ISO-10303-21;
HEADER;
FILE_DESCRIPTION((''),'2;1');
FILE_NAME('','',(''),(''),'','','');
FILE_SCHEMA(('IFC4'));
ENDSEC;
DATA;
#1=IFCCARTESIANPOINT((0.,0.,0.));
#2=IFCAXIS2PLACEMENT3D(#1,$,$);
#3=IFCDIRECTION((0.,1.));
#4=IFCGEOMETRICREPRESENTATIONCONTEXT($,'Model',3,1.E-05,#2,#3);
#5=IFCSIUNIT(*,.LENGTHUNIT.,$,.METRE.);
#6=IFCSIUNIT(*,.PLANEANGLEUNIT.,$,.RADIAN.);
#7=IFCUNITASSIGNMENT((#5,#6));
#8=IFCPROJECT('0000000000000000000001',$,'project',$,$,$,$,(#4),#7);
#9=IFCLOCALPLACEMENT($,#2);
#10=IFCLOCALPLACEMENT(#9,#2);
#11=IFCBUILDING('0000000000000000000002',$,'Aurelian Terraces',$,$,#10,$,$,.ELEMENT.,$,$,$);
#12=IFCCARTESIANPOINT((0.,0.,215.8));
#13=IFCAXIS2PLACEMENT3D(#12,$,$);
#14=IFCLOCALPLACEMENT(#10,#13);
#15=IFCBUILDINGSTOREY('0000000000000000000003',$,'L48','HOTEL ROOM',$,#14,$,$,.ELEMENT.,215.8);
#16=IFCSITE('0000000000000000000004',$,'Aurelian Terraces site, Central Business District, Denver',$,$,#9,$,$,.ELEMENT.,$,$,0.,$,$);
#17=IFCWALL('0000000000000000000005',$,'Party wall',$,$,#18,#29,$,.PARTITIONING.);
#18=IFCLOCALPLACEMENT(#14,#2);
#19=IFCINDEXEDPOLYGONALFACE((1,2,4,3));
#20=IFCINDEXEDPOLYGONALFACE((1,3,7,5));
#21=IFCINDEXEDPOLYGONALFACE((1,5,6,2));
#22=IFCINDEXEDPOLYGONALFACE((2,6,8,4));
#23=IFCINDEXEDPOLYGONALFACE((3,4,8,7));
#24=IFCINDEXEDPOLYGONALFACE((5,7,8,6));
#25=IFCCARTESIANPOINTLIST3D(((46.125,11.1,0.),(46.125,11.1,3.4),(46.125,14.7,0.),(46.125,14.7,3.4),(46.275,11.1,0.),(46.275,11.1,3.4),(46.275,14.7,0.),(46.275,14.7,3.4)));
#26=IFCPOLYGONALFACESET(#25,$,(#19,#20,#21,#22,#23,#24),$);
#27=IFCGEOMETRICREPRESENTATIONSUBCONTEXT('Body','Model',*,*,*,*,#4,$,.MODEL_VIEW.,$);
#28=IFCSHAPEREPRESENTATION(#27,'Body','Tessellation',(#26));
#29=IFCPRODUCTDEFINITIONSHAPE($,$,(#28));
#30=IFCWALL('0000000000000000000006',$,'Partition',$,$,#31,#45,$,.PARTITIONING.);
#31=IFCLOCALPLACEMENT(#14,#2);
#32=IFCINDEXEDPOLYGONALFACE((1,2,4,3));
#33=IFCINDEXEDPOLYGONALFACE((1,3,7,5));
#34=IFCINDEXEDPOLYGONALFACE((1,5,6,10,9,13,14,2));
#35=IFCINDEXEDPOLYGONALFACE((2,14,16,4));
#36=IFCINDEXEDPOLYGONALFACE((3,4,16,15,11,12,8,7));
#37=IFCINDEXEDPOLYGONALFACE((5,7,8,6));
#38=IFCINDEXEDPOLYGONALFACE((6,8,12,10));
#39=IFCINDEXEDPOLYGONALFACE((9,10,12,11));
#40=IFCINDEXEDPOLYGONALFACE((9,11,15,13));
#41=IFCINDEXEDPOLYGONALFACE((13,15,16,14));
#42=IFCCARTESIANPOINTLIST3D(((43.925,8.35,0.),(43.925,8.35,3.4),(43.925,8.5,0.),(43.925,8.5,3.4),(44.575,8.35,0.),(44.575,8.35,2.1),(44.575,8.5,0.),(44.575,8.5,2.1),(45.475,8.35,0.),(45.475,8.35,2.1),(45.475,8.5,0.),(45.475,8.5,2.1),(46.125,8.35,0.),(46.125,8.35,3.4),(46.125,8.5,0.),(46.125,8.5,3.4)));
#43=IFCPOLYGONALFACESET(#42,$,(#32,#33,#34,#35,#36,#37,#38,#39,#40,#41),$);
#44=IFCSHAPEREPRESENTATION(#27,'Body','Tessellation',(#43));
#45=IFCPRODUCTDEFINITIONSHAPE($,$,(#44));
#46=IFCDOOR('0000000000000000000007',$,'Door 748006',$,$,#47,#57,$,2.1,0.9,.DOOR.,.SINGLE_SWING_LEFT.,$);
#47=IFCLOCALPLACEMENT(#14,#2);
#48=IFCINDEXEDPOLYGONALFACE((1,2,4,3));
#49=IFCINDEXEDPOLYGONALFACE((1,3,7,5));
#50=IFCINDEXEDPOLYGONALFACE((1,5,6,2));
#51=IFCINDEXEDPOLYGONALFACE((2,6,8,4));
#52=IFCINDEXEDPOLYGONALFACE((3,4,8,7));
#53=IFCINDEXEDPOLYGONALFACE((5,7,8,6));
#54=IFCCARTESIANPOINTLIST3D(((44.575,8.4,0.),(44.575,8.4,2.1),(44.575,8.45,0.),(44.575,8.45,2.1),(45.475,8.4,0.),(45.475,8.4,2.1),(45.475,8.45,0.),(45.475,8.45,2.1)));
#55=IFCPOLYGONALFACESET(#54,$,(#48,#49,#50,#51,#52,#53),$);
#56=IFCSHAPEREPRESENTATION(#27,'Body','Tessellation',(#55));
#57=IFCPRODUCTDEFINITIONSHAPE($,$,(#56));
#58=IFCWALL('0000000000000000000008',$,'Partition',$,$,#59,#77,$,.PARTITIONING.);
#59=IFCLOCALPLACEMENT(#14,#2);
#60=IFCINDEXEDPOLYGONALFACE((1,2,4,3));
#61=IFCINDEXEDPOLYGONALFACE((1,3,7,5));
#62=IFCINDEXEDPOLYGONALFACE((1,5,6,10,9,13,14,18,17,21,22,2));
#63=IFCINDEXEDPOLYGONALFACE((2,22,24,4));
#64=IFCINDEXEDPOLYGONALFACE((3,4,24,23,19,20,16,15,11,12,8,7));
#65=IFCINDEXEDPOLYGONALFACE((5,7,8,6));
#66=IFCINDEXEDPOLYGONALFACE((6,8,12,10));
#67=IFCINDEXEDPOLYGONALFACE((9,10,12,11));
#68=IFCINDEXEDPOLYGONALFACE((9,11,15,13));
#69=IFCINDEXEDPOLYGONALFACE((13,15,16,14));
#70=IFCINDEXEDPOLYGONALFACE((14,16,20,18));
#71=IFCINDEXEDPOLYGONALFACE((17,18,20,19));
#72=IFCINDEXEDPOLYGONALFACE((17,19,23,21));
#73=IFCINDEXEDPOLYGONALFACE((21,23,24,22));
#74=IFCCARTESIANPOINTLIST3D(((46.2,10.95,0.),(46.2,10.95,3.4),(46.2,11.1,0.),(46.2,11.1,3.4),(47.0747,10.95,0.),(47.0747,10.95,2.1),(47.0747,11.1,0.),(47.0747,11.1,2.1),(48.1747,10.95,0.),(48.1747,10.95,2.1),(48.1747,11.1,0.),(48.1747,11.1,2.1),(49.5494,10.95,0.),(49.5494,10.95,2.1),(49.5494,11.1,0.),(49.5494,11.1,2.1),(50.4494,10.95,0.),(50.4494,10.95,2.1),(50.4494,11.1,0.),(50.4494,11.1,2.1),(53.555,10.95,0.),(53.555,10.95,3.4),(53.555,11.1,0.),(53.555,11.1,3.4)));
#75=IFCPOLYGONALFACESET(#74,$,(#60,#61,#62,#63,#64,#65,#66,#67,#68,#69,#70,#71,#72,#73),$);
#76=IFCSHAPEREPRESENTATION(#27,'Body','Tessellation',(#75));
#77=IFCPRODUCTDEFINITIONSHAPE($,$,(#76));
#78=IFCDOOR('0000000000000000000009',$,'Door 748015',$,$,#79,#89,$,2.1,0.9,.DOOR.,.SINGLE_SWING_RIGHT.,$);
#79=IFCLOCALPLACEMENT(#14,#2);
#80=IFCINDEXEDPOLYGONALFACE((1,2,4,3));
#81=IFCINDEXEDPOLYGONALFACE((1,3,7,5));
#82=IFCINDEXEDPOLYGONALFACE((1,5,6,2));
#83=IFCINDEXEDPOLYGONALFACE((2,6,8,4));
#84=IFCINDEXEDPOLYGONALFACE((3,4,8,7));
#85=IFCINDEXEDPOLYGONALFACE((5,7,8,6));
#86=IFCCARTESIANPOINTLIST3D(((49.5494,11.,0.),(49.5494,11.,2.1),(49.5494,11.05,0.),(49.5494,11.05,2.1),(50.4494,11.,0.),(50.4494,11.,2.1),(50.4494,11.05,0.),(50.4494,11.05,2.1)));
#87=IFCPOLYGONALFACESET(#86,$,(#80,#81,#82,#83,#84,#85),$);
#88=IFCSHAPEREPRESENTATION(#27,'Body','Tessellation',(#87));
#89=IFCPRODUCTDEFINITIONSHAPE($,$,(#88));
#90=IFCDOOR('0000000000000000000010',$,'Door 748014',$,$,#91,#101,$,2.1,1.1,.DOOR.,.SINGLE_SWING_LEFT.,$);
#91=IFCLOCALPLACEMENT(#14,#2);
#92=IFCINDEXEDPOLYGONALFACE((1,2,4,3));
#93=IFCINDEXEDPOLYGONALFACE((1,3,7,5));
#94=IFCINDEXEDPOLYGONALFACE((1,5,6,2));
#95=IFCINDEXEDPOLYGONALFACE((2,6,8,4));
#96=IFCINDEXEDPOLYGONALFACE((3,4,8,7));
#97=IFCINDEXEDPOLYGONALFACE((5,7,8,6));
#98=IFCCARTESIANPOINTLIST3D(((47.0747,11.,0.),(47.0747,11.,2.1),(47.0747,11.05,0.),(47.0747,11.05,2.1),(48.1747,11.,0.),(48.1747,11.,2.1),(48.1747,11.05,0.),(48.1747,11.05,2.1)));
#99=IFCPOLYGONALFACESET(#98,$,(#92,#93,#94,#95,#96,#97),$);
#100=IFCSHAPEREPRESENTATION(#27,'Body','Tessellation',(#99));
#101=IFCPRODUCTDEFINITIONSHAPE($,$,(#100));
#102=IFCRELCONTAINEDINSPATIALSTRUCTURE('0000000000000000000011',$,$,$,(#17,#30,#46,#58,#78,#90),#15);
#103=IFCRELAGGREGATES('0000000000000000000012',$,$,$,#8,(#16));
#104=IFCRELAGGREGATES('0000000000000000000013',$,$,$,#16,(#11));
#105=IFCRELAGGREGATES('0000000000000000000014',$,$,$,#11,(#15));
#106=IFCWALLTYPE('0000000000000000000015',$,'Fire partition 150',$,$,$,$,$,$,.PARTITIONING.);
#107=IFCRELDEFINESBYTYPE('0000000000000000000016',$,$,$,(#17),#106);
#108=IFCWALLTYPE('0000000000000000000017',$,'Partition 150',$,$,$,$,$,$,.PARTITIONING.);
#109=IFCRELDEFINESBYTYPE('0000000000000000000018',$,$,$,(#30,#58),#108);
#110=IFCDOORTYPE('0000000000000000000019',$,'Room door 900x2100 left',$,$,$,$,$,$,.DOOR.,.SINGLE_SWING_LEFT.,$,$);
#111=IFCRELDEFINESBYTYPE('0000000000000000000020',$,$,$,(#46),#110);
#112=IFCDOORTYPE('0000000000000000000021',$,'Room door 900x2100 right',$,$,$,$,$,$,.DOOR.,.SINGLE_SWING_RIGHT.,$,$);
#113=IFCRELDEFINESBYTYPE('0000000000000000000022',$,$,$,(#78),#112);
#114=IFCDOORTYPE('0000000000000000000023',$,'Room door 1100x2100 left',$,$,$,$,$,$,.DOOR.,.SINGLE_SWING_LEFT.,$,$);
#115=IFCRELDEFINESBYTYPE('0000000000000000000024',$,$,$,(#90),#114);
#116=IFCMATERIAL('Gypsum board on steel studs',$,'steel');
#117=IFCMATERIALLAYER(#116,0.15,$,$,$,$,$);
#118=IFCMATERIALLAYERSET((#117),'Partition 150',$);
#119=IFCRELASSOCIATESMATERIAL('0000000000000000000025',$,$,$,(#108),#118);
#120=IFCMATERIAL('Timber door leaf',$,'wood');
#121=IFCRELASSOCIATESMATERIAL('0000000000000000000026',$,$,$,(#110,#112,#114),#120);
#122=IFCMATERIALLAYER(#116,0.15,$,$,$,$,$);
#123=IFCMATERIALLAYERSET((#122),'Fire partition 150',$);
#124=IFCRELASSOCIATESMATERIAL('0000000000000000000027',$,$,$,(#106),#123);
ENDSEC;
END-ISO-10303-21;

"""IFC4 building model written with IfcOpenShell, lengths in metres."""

from ifc_helpers import new_model, si_unit, direction, frame, frame_2d, origin, place, context, subcontext, project, spatial, rectangle, extrude, source, transform, mapped, material, layer, layer_set, type_object, element, fill, save


model = new_model("IFC4")

# Units and contexts
model_context = context("Model", 3, precision=1e-05, world=origin(), true_north=direction((0.0, 1.0)))
body_context = subcontext(model_context, "Body", "Model", "MODEL_VIEW")
ifc_project = project(units=[si_unit("LENGTHUNIT", "METRE"), si_unit("PLANEANGLEUNIT", "RADIAN")], contexts=[model_context])

# Site, building, storey
site_placement = place(None, origin())
site = spatial("IfcSite", under=ifc_project, at=site_placement, Name="Aurelian Terraces site, Central Business District, Denver", CompositionType="ELEMENT", RefElevation=0.0)
building_placement = place(site_placement, origin())
building = spatial("IfcBuilding", under=site, at=building_placement, Name="Aurelian Terraces", CompositionType="ELEMENT")
storey_placement = place(building_placement, frame((0.0, 0.0, 215.8)))
storey = spatial("IfcBuildingStorey", under=building, at=storey_placement, Name="L48", Description="HOTEL ROOM", CompositionType="ELEMENT", Elevation=215.8)

# Shared definitions
ifc_material_1 = material(Name="Gypsum board on steel studs", Category="steel")
ifc_layer_1 = layer(ifc_material_1, 0.15)
ifc_layer_set_1 = layer_set([ifc_layer_1], Name="Partition 150")
wall_type_1 = type_object("IfcWallType", Name="Partition 150", PredefinedType="PARTITIONING", material=ifc_layer_set_1)

# Shared definitions
shared_shape_1 = source(origin(), body_context, "Body", "SweptSolid", [
    extrude(rectangle(XDim=3.6, YDim=0.15, at=frame_2d((1.8, 0.0))), origin(), (0.0, 0.0, 1.0), 3.4),
])

# Shared definitions
shared_shape_2 = source(origin(), body_context, "Body", "SweptSolid", [
    extrude(rectangle(XDim=0.9, YDim=2.1, at=frame_2d((0.45, 1.05))), frame((0.0, 0.085, 0.0), z_axis=(0.0, -1.0, 0.0), x_axis=(1.0, 0.0, 0.0)), (0.0, 0.0, 1.0), 0.17),
])
ifc_material_2 = material(Name="Timber door leaf", Category="wood")
door_type_1 = type_object("IfcDoorType", Name="Room door 900x2100 left", OperationType="SINGLE_SWING_LEFT", PredefinedType="DOOR", material=ifc_material_2)
shared_shape_3 = source(origin(), body_context, "Body", "SweptSolid", [
    extrude(rectangle(XDim=0.9, YDim=2.1, at=frame_2d((0.45, 1.05))), frame((0.0, 0.025, 0.0), z_axis=(0.0, -1.0, 0.0), x_axis=(1.0, 0.0, 0.0)), (0.0, 0.0, 1.0), 0.05),
])

# Wall
ifc_layer_2 = layer(ifc_material_1, 0.15)
ifc_layer_set_2 = layer_set([ifc_layer_2], Name="Fire partition 150")
wall_type_2 = type_object("IfcWallType", Name="Fire partition 150", PredefinedType="PARTITIONING", material=ifc_layer_set_2)
wall_1_placement = place(storey_placement, frame((46.2, 11.1, 0.0), z_axis=(0.0, 0.0, 1.0), x_axis=(0.0, 1.0, 0.0)))
element("IfcWall", 1, at=wall_1_placement, inside=storey, type_object=wall_type_2, Name="Party wall", PredefinedType="PARTITIONING", context=body_context, shape_type="MappedRepresentation", body=[
    mapped(shared_shape_1, transform((0.0, 0.0, 0.0), scale=1.0)),
])

# Wall, opening, door
shared_shape_4 = source(origin(), body_context, "Body", "SweptSolid", [
    extrude(rectangle(XDim=2.2, YDim=0.15, at=frame_2d((1.1, 0.0))), origin(), (0.0, 0.0, 1.0), 3.4),
])
wall_2_placement = place(storey_placement, frame((46.125, 8.425, 0.0), z_axis=(0.0, 0.0, 1.0), x_axis=(-1.0, 0.0, 0.0)))
wall_2 = element("IfcWall", 2, at=wall_2_placement, inside=storey, type_object=wall_type_1, Name="Partition", PredefinedType="PARTITIONING", context=body_context, shape_type="MappedRepresentation", body=[
    mapped(shared_shape_4, transform((0.0, 0.0, 0.0), scale=1.0)),
])
opening_1_placement = place(wall_2_placement, frame((0.65, 0.0, 0.0)))
opening_1 = element("IfcOpeningElement", 3, at=opening_1_placement, cuts=wall_2, PredefinedType="OPENING", context=body_context, shape_type="MappedRepresentation", body=[
    mapped(shared_shape_2, transform((0.0, 0.0, 0.0), scale=1.0)),
])
door_1_placement = place(opening_1_placement, origin())
door_1 = element("IfcDoor", 4, at=door_1_placement, inside=storey, type_object=door_type_1, Name="Door 748006", OperationType="SINGLE_SWING_LEFT", OverallHeight=2.1, OverallWidth=0.9, PredefinedType="DOOR", context=body_context, shape_type="MappedRepresentation", body=[
    mapped(shared_shape_3, transform((0.0, 0.0, 0.0), scale=1.0)),
])
fill(opening_1, door_1)

# Wall, openings, doors
shared_shape_5 = source(origin(), body_context, "Body", "SweptSolid", [
    extrude(rectangle(XDim=7.355, YDim=0.15, at=frame_2d((3.6775, 0.0))), origin(), (0.0, 0.0, 1.0), 3.4),
])
wall_3_placement = place(storey_placement, frame((53.555, 11.025, 0.0), z_axis=(0.0, 0.0, 1.0), x_axis=(-1.0, 0.0, 0.0)))
wall_3 = element("IfcWall", 5, at=wall_3_placement, inside=storey, type_object=wall_type_1, Name="Partition", PredefinedType="PARTITIONING", context=body_context, shape_type="MappedRepresentation", body=[
    mapped(shared_shape_5, transform((0.0, 0.0, 0.0), scale=1.0)),
])
shared_shape_6 = source(origin(), body_context, "Body", "SweptSolid", [
    extrude(rectangle(XDim=1.1, YDim=2.1, at=frame_2d((0.55, 1.05))), frame((0.0, 0.085, 0.0), z_axis=(0.0, -1.0, 0.0), x_axis=(1.0, 0.0, 0.0)), (0.0, 0.0, 1.0), 0.17),
])
opening_2_placement = place(wall_3_placement, frame((5.3803, 0.0, 0.0)))
opening_2 = element("IfcOpeningElement", 6, at=opening_2_placement, cuts=wall_3, PredefinedType="OPENING", context=body_context, shape_type="MappedRepresentation", body=[
    mapped(shared_shape_6, transform((0.0, 0.0, 0.0), scale=1.0)),
])
opening_3_placement = place(wall_3_placement, frame((3.1056, 0.0, 0.0)))
opening_3 = element("IfcOpeningElement", 7, at=opening_3_placement, cuts=wall_3, PredefinedType="OPENING", context=body_context, shape_type="MappedRepresentation", body=[
    mapped(shared_shape_2, transform((0.0, 0.0, 0.0), scale=1.0)),
])
door_type_2 = type_object("IfcDoorType", Name="Room door 900x2100 right", OperationType="SINGLE_SWING_RIGHT", PredefinedType="DOOR", material=ifc_material_2)
door_2_placement = place(opening_3_placement, origin())
door_2 = element("IfcDoor", 8, at=door_2_placement, inside=storey, type_object=door_type_2, Name="Door 748015", OperationType="SINGLE_SWING_RIGHT", OverallHeight=2.1, OverallWidth=0.9, PredefinedType="DOOR", context=body_context, shape_type="MappedRepresentation", body=[
    mapped(shared_shape_3, transform((0.0, 0.0, 0.0), scale=1.0)),
])
fill(opening_3, door_2)
door_type_3 = type_object("IfcDoorType", Name="Room door 1100x2100 left", OperationType="SINGLE_SWING_LEFT", PredefinedType="DOOR", material=ifc_material_2)
shared_shape_7 = source(origin(), body_context, "Body", "SweptSolid", [
    extrude(rectangle(XDim=1.1, YDim=2.1, at=frame_2d((0.55, 1.05))), frame((0.0, 0.025, 0.0), z_axis=(0.0, -1.0, 0.0), x_axis=(1.0, 0.0, 0.0)), (0.0, 0.0, 1.0), 0.05),
])
door_3_placement = place(opening_2_placement, origin())
door_3 = element("IfcDoor", 9, at=door_3_placement, inside=storey, type_object=door_type_3, Name="Door 748014", OperationType="SINGLE_SWING_LEFT", OverallHeight=2.1, OverallWidth=1.1, PredefinedType="DOOR", context=body_context, shape_type="MappedRepresentation", body=[
    mapped(shared_shape_7, transform((0.0, 0.0, 0.0), scale=1.0)),
])
fill(opening_2, door_3)

save(model, "model.ifc")
